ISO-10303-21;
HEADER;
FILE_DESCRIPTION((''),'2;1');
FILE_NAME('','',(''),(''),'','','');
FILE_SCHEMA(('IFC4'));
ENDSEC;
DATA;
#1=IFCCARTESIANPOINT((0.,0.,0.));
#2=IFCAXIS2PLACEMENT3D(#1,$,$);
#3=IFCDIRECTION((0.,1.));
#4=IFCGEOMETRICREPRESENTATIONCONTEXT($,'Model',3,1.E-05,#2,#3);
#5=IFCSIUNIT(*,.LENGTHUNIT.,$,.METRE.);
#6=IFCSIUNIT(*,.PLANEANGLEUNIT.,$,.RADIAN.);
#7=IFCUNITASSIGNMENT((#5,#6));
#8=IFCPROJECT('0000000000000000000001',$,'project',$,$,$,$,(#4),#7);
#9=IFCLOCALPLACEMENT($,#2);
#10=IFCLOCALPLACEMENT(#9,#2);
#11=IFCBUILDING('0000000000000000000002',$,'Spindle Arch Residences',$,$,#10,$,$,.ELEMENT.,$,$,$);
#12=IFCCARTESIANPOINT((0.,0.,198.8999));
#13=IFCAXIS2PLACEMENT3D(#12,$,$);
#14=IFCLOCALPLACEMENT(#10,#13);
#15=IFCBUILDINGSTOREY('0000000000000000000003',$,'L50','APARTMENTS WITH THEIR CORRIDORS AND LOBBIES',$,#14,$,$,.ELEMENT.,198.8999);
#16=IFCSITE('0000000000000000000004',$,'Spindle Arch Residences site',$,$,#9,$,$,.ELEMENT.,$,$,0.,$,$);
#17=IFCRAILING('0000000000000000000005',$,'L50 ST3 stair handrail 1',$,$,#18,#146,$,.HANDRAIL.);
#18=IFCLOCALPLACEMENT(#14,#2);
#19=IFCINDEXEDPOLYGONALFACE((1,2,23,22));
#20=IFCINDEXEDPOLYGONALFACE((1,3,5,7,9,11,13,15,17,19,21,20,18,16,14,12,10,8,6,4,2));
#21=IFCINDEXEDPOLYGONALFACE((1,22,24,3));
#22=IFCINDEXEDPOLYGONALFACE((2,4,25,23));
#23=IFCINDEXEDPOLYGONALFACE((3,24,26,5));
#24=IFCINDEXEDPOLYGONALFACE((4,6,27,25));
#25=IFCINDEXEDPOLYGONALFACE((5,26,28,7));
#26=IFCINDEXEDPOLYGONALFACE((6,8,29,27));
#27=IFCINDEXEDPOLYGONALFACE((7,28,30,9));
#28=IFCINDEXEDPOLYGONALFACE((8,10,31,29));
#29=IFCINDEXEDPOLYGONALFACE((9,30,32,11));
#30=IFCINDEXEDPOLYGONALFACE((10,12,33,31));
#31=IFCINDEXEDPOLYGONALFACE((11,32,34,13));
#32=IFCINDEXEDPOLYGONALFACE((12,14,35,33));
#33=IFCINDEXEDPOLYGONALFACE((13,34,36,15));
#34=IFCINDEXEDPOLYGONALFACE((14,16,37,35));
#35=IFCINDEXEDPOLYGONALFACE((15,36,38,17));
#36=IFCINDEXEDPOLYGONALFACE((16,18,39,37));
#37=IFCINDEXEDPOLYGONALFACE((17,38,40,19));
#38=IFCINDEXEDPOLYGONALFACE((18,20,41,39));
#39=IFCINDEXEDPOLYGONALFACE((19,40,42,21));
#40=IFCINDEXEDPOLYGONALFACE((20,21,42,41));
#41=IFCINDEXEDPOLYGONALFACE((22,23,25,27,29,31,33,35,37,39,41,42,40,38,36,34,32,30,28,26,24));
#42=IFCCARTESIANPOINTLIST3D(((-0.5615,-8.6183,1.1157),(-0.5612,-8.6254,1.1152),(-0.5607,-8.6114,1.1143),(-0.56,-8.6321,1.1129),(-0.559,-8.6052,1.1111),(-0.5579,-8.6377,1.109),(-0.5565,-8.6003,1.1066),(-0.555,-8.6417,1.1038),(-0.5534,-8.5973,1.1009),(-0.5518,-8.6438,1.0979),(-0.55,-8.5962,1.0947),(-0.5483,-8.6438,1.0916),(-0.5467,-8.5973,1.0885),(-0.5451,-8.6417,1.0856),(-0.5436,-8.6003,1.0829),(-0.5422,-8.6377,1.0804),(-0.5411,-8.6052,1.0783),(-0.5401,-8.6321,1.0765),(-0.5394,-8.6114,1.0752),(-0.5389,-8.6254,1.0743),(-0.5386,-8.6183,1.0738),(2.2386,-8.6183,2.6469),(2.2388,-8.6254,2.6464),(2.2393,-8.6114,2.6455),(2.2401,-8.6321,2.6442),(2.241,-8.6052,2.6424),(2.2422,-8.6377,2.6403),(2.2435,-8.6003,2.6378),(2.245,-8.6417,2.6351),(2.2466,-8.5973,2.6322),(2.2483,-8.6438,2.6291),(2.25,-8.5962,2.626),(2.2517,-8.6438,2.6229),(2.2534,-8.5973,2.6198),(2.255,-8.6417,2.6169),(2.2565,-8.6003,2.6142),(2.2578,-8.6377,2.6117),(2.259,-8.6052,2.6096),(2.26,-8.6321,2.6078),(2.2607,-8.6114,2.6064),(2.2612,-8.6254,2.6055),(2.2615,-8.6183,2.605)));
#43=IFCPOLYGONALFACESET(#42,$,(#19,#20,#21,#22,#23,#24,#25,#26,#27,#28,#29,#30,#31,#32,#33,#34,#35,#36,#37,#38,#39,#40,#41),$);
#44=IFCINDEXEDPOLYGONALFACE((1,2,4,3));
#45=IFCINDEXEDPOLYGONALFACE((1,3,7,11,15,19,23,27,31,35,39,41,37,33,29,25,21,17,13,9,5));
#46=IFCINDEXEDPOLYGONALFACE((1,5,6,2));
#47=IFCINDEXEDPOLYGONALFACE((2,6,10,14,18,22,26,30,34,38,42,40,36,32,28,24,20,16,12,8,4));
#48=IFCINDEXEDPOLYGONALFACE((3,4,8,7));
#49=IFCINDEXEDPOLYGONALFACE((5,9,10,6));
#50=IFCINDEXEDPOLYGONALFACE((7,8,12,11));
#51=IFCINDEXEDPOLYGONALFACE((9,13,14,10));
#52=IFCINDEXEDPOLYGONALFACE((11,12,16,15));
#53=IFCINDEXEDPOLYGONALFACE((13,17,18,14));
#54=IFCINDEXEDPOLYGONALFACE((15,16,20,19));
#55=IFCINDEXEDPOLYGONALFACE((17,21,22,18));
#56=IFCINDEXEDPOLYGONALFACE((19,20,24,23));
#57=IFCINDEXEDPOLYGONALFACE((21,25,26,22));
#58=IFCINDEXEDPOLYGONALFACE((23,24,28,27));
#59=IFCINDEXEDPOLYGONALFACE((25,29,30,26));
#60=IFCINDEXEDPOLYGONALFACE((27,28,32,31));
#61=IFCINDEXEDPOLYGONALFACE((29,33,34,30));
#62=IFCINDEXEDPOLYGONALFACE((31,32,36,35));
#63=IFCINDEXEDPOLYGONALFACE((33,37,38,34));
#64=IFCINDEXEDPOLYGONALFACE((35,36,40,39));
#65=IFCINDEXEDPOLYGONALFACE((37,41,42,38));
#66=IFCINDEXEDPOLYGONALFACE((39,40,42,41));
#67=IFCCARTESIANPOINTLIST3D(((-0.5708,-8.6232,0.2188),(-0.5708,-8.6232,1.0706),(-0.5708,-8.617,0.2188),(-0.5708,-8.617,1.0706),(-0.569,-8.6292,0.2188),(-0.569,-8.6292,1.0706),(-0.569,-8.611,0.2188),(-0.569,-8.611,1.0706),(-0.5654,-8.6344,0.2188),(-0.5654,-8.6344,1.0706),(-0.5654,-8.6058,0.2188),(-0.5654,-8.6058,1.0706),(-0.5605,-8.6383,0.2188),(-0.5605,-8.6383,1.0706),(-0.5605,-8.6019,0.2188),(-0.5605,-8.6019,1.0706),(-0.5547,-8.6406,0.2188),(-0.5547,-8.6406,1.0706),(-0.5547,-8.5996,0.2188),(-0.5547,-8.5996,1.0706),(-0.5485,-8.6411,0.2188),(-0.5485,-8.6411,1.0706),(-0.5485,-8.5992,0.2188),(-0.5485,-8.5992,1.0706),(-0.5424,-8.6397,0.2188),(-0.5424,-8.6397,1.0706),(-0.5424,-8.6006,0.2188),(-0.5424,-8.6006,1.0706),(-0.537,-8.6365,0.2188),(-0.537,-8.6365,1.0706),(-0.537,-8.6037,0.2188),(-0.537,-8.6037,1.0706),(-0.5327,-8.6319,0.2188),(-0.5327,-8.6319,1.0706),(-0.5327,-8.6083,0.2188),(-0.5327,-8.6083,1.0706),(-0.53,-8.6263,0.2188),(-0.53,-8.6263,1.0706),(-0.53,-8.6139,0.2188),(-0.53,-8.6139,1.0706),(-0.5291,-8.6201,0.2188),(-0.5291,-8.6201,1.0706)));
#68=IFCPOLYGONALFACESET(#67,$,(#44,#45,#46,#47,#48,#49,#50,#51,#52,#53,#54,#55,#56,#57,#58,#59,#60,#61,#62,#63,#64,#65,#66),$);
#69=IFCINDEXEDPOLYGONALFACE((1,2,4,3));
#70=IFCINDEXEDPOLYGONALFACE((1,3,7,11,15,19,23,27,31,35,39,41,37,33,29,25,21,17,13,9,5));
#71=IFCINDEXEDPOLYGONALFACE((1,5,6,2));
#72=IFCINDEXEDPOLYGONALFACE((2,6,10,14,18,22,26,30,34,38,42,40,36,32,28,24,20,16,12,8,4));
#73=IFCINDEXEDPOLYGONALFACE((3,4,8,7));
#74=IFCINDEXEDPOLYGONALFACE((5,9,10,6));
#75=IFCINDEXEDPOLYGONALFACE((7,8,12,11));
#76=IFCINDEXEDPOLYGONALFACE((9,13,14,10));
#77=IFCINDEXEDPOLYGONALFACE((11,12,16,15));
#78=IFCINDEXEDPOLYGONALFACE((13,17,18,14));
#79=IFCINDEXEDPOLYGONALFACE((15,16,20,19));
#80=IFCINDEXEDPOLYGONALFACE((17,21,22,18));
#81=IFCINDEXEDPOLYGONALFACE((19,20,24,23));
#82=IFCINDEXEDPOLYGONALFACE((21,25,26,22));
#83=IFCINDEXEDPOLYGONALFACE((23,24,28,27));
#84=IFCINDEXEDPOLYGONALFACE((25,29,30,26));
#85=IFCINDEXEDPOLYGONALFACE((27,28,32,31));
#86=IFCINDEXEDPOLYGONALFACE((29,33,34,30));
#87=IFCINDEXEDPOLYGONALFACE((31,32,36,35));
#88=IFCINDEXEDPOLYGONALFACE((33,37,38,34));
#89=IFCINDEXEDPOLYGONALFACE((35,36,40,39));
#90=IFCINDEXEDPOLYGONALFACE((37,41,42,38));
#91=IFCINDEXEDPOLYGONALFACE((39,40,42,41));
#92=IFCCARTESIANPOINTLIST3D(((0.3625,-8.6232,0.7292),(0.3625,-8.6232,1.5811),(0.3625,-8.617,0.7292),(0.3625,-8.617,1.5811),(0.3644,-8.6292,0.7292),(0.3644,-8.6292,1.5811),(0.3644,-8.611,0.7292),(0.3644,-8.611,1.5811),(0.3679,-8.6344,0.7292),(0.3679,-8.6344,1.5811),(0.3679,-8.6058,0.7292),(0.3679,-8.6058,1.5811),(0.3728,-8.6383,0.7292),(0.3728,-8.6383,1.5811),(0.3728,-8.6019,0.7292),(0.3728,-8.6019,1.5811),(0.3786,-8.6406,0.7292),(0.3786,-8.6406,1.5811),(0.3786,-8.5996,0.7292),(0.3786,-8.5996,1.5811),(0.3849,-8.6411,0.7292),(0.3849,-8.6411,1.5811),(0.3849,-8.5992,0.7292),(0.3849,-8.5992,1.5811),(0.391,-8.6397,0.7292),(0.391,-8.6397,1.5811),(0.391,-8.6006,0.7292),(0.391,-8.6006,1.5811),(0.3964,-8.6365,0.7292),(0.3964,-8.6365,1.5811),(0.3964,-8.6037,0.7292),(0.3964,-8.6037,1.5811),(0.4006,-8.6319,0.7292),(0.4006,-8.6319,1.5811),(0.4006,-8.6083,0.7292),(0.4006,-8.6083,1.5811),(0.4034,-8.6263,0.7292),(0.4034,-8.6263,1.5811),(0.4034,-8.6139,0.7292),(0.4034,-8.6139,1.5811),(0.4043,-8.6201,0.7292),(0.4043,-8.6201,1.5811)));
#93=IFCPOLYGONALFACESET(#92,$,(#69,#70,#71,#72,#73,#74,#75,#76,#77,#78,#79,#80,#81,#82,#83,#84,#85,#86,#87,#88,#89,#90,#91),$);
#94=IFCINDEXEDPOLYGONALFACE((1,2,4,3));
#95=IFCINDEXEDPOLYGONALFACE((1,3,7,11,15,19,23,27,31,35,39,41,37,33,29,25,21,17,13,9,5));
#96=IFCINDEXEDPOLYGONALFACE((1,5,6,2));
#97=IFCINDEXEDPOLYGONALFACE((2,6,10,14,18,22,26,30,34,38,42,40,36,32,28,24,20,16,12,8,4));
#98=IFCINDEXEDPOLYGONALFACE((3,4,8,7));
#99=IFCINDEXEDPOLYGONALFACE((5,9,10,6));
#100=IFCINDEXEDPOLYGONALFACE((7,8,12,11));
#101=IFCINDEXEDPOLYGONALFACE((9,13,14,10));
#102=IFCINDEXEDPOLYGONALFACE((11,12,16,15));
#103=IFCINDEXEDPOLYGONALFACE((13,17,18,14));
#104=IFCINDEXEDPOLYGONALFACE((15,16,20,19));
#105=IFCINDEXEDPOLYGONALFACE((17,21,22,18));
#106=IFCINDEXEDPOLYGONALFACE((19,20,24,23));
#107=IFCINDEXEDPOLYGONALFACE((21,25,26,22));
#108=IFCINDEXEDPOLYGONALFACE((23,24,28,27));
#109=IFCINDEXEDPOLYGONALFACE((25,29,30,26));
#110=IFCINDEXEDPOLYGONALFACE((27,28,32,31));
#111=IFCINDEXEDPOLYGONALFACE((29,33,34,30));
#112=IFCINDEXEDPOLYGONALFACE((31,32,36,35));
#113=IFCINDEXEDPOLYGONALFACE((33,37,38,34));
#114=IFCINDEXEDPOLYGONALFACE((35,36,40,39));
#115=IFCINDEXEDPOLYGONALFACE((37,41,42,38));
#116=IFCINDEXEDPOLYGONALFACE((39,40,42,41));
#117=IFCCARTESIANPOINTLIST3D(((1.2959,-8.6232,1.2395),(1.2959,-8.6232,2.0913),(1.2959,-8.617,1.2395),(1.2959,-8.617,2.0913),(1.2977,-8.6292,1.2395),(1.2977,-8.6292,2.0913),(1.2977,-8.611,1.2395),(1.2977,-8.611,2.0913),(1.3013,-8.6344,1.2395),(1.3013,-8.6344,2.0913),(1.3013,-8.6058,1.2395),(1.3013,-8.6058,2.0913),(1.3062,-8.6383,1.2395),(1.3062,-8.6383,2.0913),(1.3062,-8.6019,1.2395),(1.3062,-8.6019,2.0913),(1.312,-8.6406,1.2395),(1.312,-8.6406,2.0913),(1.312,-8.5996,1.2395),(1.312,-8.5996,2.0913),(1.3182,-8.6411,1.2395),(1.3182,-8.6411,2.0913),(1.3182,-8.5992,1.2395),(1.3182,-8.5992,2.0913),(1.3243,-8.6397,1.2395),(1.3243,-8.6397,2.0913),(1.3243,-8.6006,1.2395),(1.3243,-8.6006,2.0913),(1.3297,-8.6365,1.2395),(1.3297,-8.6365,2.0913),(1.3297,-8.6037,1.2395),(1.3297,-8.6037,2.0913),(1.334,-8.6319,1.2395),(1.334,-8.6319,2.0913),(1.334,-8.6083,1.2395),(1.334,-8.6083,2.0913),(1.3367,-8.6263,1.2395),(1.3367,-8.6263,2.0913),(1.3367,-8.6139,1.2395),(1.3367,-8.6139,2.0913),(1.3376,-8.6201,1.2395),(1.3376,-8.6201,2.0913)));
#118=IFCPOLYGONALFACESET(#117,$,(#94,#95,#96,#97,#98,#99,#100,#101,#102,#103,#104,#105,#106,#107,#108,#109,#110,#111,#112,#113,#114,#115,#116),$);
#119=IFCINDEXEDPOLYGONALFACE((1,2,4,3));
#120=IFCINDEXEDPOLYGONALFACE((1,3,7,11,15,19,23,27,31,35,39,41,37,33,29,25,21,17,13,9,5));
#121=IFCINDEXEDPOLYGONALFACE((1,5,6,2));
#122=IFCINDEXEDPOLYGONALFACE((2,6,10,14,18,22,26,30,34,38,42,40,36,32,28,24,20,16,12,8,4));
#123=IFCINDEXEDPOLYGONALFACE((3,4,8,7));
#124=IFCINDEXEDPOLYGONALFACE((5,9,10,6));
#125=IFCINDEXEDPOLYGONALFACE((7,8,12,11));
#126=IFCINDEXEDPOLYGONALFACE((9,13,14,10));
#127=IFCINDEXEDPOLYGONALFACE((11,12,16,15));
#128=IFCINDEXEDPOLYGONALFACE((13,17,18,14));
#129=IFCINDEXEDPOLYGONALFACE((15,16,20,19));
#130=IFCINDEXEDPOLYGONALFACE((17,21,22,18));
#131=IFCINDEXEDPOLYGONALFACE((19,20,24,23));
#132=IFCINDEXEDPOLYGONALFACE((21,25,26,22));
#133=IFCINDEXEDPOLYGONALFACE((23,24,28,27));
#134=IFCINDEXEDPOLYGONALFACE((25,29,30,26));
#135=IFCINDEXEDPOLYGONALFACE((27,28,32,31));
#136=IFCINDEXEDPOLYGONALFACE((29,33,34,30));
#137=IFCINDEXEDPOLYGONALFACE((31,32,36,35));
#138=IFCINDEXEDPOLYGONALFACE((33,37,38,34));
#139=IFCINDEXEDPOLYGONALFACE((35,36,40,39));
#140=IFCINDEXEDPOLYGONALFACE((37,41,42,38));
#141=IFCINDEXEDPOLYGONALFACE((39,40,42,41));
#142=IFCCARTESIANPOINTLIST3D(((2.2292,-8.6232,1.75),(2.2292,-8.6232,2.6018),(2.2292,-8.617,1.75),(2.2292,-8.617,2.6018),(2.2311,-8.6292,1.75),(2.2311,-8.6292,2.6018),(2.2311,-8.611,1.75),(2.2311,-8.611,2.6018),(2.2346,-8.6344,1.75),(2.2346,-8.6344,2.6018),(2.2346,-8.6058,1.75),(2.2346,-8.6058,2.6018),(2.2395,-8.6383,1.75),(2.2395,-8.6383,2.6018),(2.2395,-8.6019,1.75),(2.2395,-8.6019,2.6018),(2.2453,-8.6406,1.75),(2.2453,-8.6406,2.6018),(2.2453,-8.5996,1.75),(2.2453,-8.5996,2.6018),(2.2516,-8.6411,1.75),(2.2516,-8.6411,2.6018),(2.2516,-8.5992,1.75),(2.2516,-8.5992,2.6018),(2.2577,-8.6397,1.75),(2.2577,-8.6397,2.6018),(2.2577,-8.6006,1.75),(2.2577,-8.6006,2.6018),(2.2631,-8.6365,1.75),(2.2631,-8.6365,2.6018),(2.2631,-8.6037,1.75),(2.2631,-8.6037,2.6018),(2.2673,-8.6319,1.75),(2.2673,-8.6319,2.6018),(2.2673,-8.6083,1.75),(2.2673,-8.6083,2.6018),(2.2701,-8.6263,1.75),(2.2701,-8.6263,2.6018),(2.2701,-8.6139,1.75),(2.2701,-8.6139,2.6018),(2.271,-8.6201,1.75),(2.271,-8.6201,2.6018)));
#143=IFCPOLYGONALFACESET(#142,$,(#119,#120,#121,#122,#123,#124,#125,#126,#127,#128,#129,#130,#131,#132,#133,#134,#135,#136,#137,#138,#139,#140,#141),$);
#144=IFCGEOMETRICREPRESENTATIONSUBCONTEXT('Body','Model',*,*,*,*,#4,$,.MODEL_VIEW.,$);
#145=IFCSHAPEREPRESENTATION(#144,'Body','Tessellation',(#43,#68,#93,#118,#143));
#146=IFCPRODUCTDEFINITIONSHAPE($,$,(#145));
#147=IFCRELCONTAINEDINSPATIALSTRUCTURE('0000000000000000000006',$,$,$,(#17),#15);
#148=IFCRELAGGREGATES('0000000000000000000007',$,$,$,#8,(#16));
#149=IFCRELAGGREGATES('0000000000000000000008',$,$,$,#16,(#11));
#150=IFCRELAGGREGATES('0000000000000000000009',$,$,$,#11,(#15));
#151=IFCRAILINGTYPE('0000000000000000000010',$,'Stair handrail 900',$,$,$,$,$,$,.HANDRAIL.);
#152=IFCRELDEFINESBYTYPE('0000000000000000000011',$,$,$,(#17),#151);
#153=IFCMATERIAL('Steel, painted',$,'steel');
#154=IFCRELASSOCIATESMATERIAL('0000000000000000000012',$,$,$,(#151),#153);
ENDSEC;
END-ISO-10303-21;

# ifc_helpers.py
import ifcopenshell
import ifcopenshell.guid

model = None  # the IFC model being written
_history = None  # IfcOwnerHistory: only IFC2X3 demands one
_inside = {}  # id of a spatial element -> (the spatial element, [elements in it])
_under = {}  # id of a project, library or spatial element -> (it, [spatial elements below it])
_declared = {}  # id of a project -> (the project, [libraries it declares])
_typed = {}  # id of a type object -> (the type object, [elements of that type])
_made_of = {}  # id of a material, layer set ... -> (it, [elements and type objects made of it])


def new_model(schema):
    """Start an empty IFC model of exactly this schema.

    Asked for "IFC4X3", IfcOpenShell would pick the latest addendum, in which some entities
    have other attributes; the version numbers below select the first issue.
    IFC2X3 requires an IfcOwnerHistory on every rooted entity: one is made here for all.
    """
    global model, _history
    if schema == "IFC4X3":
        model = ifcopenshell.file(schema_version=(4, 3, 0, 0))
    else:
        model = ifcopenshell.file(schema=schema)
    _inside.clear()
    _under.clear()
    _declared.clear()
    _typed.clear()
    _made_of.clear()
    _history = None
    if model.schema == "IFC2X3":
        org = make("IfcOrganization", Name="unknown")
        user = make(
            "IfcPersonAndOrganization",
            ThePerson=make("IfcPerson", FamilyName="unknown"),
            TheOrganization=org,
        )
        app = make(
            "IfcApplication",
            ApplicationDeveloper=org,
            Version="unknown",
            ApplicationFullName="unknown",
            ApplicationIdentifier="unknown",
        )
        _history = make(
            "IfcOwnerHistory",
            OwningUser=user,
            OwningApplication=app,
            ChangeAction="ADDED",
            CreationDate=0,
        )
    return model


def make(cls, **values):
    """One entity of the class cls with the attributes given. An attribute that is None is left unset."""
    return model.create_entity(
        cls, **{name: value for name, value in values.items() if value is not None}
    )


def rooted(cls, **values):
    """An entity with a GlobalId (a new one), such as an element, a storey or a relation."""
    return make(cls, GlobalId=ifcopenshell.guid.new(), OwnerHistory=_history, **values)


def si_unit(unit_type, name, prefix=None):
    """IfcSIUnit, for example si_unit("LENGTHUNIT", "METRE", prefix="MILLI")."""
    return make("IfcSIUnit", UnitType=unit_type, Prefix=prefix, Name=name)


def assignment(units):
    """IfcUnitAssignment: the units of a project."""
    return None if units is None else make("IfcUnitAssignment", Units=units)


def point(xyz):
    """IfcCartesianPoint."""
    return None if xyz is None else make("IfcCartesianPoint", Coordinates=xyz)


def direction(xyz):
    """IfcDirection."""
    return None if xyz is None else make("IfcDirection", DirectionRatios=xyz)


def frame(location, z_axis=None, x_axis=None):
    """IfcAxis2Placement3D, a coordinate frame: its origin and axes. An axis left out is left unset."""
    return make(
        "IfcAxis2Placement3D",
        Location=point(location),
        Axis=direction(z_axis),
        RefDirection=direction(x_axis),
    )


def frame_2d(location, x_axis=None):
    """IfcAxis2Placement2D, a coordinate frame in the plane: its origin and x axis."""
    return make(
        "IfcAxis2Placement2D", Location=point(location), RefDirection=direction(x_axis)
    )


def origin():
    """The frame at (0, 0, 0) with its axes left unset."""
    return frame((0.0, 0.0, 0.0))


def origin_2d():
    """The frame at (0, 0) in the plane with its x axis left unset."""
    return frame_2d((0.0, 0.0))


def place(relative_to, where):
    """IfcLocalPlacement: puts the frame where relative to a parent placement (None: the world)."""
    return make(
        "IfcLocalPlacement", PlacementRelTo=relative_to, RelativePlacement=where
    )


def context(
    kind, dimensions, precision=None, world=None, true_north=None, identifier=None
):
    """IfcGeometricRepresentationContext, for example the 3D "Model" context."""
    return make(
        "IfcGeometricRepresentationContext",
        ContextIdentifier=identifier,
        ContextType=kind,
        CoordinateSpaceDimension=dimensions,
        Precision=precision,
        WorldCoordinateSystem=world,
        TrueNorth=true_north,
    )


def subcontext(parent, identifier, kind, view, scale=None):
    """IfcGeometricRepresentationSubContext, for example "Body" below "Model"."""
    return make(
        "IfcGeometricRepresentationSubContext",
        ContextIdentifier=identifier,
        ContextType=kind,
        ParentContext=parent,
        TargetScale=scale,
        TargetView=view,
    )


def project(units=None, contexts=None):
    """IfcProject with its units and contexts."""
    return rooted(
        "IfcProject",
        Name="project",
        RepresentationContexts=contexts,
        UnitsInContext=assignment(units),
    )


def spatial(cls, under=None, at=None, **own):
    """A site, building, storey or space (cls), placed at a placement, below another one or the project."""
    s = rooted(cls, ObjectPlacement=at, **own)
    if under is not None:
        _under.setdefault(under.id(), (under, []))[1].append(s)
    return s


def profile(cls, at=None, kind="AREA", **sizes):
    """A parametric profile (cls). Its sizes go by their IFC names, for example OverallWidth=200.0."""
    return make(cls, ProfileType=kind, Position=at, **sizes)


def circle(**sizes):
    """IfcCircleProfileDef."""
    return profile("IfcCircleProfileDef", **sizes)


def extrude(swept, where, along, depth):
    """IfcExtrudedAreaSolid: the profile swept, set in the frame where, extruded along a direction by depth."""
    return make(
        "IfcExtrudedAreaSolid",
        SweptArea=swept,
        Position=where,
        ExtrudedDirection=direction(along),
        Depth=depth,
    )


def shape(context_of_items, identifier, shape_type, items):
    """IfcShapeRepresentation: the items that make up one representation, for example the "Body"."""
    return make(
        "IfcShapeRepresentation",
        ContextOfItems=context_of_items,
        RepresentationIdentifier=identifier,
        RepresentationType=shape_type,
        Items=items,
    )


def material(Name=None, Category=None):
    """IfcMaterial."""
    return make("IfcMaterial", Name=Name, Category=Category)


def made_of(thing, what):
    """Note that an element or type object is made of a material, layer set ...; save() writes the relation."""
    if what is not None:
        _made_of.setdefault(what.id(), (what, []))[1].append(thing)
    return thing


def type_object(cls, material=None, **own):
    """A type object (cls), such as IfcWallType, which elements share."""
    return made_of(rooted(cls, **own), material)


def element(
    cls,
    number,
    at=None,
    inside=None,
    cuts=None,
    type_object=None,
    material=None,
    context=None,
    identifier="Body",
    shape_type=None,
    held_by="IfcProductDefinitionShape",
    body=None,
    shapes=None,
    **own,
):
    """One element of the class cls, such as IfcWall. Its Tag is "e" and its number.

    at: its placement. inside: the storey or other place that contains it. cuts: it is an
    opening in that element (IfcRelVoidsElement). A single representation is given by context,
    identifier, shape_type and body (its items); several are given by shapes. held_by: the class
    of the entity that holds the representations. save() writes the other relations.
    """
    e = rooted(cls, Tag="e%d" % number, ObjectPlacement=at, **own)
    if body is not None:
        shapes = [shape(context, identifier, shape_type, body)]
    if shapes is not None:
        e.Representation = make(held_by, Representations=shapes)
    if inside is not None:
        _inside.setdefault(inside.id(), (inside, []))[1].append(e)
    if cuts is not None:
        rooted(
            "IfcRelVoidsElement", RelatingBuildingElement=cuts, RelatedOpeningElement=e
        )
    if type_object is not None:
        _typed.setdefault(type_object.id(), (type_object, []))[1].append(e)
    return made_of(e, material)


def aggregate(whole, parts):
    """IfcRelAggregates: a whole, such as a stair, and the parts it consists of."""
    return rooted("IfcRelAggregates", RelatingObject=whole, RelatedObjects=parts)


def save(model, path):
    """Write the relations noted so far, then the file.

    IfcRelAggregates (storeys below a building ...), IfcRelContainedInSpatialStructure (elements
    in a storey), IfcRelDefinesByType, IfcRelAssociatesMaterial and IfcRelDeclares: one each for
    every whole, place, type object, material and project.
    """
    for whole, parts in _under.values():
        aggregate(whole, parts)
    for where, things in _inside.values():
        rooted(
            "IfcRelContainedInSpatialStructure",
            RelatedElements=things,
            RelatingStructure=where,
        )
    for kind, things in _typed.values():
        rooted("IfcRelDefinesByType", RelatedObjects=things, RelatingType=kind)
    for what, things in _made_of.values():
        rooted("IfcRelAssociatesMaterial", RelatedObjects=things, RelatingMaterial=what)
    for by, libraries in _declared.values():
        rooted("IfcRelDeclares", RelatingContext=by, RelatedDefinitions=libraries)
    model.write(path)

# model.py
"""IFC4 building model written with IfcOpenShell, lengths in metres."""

from ifc_helpers import new_model, si_unit, direction, frame, origin, origin_2d, place, context, subcontext, project, spatial, circle, extrude, material, type_object, element, save


model = new_model("IFC4")

# Units and contexts
model_context = context("Model", 3, precision=1e-05, world=origin(), true_north=direction((0.0, 1.0)))
body_context = subcontext(model_context, "Body", "Model", "MODEL_VIEW")
ifc_project = project(units=[si_unit("LENGTHUNIT", "METRE"), si_unit("PLANEANGLEUNIT", "RADIAN")], contexts=[model_context])

# Site, building, storey
site_placement = place(None, origin())
site = spatial("IfcSite", under=ifc_project, at=site_placement, Name="Spindle Arch Residences site", CompositionType="ELEMENT", RefElevation=0.0)
building_placement = place(site_placement, origin())
building = spatial("IfcBuilding", under=site, at=building_placement, Name="Spindle Arch Residences", CompositionType="ELEMENT")
storey_placement = place(building_placement, frame((0.0, 0.0, 198.8999)))
storey = spatial("IfcBuildingStorey", under=building, at=storey_placement, Name="L50", Description="APARTMENTS WITH THEIR CORRIDORS AND LOBBIES", CompositionType="ELEMENT", Elevation=198.8999)

# Railing
ifc_material_1 = material(Name="Steel, painted", Category="steel")
railing_type_1 = type_object("IfcRailingType", Name="Stair handrail 900", PredefinedType="HANDRAIL", material=ifc_material_1)
railing_1_placement = place(storey_placement, frame((-0.55, -8.6201, 0.2188)))
element("IfcRailing", 1, at=railing_1_placement, inside=storey, type_object=railing_type_1, Name="L50 ST3 stair handrail 1", PredefinedType="HANDRAIL", context=body_context, shape_type="SweptSolid", body=[
    extrude(circle(Radius=0.0239, at=origin_2d()), frame((0.0, 0.0, 0.876), z_axis=(0.877375, 0.0, 0.479806), x_axis=(0.0, 1.0, 0.0)), (0.0, 0.0, 1.0), 3.1914),
    extrude(circle(Radius=0.021, at=origin_2d()), origin(), (0.0, 0.0, 1.0), 0.8518),
    extrude(circle(Radius=0.021, at=origin_2d()), frame((0.9333, 0.0, 0.5105)), (0.0, 0.0, 1.0), 0.8518),
    extrude(circle(Radius=0.021, at=origin_2d()), frame((1.8667, 0.0, 1.0208)), (0.0, 0.0, 1.0), 0.8518),
    extrude(circle(Radius=0.021, at=origin_2d()), frame((2.8, 0.0, 1.5312)), (0.0, 0.0, 1.0), 0.8518),
])

save(model, "model.ifc")
